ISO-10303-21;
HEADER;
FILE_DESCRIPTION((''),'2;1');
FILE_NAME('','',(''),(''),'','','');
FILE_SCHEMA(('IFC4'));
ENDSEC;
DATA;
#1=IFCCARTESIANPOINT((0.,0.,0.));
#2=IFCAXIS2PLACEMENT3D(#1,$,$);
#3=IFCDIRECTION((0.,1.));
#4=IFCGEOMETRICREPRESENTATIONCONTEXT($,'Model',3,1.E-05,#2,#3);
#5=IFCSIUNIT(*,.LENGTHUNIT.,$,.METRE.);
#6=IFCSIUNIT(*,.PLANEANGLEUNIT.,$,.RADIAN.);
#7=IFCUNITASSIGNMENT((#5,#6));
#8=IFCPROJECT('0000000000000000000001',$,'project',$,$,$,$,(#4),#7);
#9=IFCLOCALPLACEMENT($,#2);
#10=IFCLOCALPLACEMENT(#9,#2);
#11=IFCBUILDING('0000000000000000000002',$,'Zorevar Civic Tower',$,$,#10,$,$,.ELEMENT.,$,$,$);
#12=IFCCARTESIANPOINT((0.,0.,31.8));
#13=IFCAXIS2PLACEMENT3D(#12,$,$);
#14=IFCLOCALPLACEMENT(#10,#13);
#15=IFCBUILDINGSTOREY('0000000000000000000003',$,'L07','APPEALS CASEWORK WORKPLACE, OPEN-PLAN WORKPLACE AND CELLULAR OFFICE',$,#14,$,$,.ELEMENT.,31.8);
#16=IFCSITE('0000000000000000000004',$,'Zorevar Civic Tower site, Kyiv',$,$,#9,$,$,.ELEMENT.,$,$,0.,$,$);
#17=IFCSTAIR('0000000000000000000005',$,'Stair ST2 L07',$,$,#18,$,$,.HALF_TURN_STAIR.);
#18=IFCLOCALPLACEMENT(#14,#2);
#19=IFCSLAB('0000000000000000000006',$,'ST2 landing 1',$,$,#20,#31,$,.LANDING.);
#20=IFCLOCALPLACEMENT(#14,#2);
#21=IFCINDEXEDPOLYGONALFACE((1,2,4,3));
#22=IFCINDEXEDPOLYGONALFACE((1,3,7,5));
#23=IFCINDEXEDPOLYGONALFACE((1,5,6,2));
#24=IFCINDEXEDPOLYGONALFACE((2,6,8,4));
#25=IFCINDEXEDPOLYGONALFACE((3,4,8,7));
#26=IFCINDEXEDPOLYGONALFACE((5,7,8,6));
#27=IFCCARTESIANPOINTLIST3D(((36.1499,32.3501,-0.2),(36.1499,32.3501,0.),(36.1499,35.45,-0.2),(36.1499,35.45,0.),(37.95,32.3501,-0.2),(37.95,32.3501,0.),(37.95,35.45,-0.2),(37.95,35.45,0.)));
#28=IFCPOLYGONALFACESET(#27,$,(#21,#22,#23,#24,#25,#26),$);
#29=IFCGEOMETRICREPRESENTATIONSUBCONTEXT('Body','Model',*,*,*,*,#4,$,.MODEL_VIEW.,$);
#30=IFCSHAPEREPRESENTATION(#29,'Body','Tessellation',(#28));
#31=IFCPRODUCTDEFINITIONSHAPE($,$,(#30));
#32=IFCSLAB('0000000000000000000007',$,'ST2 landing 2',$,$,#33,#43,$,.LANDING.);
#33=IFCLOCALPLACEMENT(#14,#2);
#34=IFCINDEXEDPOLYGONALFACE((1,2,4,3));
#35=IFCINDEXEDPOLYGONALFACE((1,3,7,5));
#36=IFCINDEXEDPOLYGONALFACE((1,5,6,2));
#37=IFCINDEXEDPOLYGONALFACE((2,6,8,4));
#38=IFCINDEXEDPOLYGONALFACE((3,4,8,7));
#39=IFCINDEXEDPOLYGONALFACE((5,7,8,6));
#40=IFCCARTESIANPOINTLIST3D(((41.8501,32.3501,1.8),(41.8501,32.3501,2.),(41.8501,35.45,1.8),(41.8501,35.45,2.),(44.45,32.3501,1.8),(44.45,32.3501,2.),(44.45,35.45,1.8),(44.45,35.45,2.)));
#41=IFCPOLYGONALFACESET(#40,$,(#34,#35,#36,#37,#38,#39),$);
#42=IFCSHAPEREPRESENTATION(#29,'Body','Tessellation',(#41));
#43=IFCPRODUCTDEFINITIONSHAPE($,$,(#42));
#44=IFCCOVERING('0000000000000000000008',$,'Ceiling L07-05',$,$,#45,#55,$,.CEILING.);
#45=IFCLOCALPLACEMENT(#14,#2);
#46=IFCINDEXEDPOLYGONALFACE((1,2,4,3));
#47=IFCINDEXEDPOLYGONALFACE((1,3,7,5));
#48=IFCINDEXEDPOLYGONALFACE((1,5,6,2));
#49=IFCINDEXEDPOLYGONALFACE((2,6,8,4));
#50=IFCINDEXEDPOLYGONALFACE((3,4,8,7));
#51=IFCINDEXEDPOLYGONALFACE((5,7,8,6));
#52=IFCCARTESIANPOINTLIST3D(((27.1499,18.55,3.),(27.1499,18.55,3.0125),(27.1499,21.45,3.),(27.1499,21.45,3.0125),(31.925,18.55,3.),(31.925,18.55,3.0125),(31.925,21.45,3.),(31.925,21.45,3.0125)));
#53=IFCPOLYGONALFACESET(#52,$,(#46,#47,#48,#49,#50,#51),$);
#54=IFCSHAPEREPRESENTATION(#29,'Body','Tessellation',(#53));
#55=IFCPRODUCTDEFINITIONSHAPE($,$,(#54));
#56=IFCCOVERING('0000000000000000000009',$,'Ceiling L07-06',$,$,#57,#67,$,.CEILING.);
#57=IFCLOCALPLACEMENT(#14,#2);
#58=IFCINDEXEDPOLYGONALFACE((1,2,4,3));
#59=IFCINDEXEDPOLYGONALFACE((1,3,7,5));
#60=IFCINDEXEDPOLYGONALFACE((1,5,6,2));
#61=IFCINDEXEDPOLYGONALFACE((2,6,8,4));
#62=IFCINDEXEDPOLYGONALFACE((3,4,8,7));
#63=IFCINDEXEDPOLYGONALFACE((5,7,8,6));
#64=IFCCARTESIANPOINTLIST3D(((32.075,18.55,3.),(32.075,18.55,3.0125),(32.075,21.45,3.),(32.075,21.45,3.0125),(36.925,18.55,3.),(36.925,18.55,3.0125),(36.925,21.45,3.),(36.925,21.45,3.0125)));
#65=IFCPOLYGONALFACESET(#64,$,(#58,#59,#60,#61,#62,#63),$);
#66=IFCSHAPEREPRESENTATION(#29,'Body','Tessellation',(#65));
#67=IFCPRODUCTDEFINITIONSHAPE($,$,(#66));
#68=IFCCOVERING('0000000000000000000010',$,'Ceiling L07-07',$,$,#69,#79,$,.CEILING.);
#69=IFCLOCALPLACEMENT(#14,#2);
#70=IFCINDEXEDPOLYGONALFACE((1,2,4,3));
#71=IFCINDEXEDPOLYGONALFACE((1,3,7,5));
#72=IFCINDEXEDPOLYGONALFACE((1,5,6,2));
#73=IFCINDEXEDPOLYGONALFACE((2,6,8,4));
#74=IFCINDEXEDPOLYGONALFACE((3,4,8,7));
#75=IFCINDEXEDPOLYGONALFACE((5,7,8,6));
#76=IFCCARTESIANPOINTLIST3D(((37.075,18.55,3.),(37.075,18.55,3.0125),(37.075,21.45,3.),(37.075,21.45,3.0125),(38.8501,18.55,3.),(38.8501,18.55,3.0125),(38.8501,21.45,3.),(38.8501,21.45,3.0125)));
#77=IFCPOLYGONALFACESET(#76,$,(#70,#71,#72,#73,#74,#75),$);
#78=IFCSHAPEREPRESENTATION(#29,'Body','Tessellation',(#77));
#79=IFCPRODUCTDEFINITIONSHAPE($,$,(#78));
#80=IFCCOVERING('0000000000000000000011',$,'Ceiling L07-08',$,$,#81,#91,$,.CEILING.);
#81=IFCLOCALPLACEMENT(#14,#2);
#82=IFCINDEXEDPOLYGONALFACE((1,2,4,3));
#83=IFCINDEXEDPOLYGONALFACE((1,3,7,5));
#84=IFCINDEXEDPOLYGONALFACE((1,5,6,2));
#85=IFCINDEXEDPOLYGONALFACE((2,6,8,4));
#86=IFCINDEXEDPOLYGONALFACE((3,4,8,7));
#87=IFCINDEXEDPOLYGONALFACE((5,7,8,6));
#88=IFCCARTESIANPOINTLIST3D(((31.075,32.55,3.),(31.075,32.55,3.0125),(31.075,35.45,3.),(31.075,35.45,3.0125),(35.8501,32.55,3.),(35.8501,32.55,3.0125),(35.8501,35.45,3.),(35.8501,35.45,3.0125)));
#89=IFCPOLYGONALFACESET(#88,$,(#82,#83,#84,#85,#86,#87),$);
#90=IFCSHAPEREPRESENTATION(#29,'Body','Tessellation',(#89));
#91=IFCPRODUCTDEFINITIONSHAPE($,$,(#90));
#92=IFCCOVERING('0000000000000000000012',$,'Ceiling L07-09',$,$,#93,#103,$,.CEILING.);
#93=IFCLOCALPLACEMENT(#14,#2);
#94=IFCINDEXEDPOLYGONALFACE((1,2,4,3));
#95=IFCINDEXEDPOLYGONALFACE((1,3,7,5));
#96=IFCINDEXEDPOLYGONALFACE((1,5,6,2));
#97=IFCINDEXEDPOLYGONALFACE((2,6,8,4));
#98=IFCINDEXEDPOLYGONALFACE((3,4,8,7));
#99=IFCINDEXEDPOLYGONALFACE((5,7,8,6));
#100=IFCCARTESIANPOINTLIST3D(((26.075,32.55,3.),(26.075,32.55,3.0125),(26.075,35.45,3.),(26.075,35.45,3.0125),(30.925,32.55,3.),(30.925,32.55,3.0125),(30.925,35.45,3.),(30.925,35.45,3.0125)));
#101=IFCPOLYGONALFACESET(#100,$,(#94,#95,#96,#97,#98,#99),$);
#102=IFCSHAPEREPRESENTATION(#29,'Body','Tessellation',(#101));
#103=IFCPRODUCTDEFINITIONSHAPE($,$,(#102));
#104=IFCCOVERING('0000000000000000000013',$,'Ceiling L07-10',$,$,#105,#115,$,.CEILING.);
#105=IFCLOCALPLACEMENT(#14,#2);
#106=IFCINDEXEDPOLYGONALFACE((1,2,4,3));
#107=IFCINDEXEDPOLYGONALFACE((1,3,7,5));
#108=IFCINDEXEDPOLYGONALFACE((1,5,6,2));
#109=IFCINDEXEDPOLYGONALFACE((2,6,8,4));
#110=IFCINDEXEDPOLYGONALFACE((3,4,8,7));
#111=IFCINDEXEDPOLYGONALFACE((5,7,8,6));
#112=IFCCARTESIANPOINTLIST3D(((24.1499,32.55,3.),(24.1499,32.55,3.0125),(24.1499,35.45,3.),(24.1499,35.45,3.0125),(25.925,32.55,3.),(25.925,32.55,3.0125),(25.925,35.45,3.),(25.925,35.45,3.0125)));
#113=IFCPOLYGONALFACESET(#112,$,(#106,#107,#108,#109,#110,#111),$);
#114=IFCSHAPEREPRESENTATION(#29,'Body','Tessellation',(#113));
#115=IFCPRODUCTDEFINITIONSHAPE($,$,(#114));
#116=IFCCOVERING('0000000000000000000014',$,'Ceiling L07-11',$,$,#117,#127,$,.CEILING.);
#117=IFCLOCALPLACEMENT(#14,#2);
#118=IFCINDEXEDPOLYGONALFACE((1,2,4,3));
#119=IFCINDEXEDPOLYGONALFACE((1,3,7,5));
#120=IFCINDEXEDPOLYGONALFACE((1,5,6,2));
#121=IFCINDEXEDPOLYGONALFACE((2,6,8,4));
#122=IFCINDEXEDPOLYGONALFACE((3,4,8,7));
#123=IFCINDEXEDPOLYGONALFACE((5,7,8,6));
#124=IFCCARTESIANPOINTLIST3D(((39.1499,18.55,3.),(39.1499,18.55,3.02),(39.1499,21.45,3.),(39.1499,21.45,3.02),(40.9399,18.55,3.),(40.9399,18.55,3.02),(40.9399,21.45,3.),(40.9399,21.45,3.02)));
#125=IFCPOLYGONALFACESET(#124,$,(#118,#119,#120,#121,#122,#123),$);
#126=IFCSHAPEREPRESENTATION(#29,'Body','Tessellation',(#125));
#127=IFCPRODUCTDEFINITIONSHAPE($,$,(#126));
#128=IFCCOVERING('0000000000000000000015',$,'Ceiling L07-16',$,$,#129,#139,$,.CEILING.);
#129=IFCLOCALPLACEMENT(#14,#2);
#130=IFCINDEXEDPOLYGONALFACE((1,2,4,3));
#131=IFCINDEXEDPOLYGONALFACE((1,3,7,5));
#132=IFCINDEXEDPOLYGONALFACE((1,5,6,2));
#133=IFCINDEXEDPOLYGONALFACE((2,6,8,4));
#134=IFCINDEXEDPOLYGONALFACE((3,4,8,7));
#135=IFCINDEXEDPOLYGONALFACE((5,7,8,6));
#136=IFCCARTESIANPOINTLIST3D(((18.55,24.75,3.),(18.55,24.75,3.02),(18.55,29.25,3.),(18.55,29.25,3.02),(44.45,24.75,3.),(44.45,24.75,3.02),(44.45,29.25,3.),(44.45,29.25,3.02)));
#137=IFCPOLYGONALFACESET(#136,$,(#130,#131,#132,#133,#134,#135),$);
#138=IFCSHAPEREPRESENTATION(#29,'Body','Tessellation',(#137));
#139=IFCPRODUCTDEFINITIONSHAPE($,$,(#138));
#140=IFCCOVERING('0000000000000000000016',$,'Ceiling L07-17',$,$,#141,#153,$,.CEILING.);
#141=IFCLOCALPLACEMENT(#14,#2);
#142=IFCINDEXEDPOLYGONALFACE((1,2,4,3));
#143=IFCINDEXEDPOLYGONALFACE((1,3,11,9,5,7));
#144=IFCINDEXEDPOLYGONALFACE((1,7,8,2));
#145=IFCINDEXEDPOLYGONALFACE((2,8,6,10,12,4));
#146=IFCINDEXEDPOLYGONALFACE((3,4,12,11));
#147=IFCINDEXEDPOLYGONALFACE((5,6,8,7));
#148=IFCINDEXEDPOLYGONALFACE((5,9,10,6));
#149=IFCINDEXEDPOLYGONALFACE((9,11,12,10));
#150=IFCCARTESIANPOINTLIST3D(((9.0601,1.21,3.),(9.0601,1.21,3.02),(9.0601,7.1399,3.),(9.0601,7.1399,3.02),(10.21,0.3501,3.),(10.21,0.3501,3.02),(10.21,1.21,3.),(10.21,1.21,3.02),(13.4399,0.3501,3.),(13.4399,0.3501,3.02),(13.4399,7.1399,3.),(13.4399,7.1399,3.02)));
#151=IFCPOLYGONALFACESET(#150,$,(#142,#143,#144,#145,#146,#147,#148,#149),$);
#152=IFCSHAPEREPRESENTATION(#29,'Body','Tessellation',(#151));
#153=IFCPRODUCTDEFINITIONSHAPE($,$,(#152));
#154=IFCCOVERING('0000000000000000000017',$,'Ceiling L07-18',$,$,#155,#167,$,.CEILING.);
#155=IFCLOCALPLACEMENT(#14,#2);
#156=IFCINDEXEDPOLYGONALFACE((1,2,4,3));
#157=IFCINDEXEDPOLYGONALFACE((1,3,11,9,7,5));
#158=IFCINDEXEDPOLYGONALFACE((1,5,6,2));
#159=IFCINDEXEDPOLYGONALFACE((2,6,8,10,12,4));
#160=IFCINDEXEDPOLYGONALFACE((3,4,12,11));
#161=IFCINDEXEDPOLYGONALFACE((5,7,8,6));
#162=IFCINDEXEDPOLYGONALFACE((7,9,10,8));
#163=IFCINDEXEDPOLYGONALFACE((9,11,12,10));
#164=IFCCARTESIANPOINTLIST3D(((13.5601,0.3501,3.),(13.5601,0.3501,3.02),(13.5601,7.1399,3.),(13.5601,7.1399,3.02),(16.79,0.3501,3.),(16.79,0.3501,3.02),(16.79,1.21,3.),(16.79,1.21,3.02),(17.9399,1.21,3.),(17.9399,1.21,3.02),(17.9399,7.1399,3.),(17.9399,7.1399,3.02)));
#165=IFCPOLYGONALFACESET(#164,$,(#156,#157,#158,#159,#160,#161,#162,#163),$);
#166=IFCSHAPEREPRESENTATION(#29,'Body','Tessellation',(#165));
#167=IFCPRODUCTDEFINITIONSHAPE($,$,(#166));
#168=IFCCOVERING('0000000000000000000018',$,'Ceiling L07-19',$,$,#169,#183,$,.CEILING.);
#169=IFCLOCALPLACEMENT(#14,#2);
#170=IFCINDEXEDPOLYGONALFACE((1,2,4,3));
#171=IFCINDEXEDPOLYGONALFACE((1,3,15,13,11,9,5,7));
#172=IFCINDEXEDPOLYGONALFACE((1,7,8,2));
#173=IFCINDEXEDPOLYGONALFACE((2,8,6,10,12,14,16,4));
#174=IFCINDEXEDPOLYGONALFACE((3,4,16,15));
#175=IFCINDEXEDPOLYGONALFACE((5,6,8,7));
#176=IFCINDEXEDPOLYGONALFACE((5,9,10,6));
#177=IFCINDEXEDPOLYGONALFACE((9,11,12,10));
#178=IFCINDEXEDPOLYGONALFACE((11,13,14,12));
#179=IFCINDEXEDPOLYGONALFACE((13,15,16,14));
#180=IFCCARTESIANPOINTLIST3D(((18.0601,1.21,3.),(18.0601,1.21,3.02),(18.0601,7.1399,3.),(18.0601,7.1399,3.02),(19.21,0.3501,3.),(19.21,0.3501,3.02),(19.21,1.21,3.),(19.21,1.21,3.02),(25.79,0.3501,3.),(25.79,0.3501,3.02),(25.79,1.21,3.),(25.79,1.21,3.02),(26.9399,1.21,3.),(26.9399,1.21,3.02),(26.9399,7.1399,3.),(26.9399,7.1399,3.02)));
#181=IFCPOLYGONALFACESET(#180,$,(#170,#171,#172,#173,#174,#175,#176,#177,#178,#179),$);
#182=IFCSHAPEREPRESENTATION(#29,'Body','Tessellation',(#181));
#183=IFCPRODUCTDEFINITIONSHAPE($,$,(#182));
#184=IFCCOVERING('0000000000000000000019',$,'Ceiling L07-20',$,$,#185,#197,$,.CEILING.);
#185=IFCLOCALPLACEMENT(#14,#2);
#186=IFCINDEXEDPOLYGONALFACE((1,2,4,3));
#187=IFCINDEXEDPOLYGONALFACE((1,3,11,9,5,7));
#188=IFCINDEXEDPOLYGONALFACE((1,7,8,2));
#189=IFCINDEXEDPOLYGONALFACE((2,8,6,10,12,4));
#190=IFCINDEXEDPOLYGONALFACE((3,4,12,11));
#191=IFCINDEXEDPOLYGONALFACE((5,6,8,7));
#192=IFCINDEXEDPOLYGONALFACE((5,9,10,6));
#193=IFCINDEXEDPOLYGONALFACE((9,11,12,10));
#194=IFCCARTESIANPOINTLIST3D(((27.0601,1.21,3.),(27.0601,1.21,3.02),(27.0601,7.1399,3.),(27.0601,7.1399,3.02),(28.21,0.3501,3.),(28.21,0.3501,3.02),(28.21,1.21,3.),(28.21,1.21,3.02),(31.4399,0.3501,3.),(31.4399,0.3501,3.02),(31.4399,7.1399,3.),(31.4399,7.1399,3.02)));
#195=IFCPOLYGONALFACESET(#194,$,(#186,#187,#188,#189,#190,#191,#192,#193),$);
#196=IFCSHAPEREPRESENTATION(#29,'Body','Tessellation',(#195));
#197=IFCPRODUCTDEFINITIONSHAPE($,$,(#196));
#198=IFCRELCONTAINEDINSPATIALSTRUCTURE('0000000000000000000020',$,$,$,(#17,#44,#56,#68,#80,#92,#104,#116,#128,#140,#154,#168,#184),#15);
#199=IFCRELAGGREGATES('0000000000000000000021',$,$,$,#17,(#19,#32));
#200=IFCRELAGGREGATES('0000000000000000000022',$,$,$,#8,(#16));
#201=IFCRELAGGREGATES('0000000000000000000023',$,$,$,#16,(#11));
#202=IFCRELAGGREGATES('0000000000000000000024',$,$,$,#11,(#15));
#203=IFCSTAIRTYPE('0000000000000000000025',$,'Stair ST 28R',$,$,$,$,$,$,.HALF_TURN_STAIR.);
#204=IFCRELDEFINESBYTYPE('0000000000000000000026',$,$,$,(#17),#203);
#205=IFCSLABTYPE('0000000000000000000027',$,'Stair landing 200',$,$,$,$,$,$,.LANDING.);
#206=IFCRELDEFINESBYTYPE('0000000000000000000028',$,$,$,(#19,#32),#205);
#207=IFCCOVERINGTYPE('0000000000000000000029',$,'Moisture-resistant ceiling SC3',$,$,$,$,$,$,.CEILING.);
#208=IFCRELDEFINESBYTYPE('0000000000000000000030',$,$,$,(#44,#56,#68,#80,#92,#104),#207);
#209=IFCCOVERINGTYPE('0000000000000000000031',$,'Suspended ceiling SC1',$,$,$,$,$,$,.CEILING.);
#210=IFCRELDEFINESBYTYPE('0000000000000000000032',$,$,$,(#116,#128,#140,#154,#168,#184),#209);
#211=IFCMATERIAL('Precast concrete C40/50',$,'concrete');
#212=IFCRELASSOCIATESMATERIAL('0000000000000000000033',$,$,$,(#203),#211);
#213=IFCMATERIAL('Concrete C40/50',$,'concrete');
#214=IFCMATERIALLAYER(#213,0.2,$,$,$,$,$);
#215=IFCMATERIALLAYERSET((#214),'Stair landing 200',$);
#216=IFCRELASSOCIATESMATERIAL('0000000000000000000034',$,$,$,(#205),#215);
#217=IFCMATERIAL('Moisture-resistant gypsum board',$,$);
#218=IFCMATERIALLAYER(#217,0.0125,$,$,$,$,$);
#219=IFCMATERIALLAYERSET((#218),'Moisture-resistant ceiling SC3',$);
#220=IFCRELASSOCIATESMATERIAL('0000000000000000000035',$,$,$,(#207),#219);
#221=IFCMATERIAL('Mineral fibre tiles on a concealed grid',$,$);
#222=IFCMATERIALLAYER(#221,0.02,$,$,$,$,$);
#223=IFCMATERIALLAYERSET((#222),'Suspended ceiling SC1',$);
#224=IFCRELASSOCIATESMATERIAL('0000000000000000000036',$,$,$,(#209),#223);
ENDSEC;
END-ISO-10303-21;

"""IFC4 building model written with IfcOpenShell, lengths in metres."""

from ifc_helpers import new_model, si_unit, direction, frame, origin, place, context, subcontext, project, spatial, polyline, outline, extrude, material, layer, layer_set, type_object, element, aggregate, save


model = new_model("IFC4")

# Units and contexts
model_context = context("Model", 3, precision=1e-05, world=origin(), true_north=direction((0.0, 1.0)))
body_context = subcontext(model_context, "Body", "Model", "MODEL_VIEW")
ifc_project = project(units=[si_unit("LENGTHUNIT", "METRE"), si_unit("PLANEANGLEUNIT", "RADIAN")], contexts=[model_context])

# Site, building, storey
site_placement = place(None, origin())
site = spatial("IfcSite", under=ifc_project, at=site_placement, Name="Zorevar Civic Tower site, Kyiv", CompositionType="ELEMENT", RefElevation=0.0)
building_placement = place(site_placement, origin())
building = spatial("IfcBuilding", under=site, at=building_placement, Name="Zorevar Civic Tower", CompositionType="ELEMENT")
storey_placement = place(building_placement, frame((0.0, 0.0, 31.8)))
storey = spatial("IfcBuildingStorey", under=building, at=storey_placement, Name="L07", Description="APPEALS CASEWORK WORKPLACE, OPEN-PLAN WORKPLACE AND CELLULAR OFFICE", CompositionType="ELEMENT", Elevation=31.8)

# Stair, slabs
ifc_material_1 = material(Name="Precast concrete C40/50", Category="concrete")
stair_type = type_object("IfcStairType", Name="Stair ST 28R", PredefinedType="HALF_TURN_STAIR", material=ifc_material_1)
ifc_material_2 = material(Name="Concrete C40/50", Category="concrete")
ifc_layer_1 = layer(ifc_material_2, 0.2)
ifc_layer_set_1 = layer_set([ifc_layer_1], Name="Stair landing 200")
slab_type_1 = type_object("IfcSlabType", Name="Stair landing 200", PredefinedType="LANDING", material=ifc_layer_set_1)
stair_1_placement = place(storey_placement, origin())
stair_1 = element("IfcStair", 1, at=stair_1_placement, inside=storey, type_object=stair_type, Name="Stair ST2 L07", PredefinedType="HALF_TURN_STAIR")
slab_1_placement = place(storey_placement, frame((0.0, 0.0, -0.2)))
slab_1 = element("IfcSlab", 2, at=slab_1_placement, type_object=slab_type_1, Name="ST2 landing 1", PredefinedType="LANDING", context=body_context, shape_type="SweptSolid", body=[
    extrude(outline(polyline([(37.95, 32.3501), (36.1499, 32.3501), (36.1499, 35.45), (37.95, 35.45), (37.95, 32.3501)])), origin(), (0.0, 0.0, 1.0), 0.2),
])
slab_2_placement = place(storey_placement, frame((0.0, 0.0, 1.8)))
slab_2 = element("IfcSlab", 3, at=slab_2_placement, type_object=slab_type_1, Name="ST2 landing 2", PredefinedType="LANDING", context=body_context, shape_type="SweptSolid", body=[
    extrude(outline(polyline([(44.45, 32.3501), (41.8501, 32.3501), (41.8501, 35.45), (44.45, 35.45), (44.45, 32.3501)])), origin(), (0.0, 0.0, 1.0), 0.2),
])
aggregate(stair_1, [slab_1, slab_2])

# Coverings
ifc_material_3 = material(Name="Moisture-resistant gypsum board")
ifc_layer_2 = layer(ifc_material_3, 0.0125)
ifc_layer_set_2 = layer_set([ifc_layer_2], Name="Moisture-resistant ceiling SC3")
covering_type_1 = type_object("IfcCoveringType", Name="Moisture-resistant ceiling SC3", PredefinedType="CEILING", material=ifc_layer_set_2)
covering_1_placement = place(storey_placement, frame((0.0, 0.0, 3.0)))
element("IfcCovering", 4, at=covering_1_placement, inside=storey, type_object=covering_type_1, Name="Ceiling L07-05", PredefinedType="CEILING", context=body_context, shape_type="SweptSolid", body=[
    extrude(outline(polyline([(31.925, 18.55), (31.925, 21.45), (27.1499, 21.45), (27.1499, 18.55), (31.925, 18.55)])), origin(), (0.0, 0.0, 1.0), 0.0125),
])
covering_2_placement = place(storey_placement, frame((0.0, 0.0, 3.0)))
element("IfcCovering", 5, at=covering_2_placement, inside=storey, type_object=covering_type_1, Name="Ceiling L07-06", PredefinedType="CEILING", context=body_context, shape_type="SweptSolid", body=[
    extrude(outline(polyline([(36.925, 18.55), (36.925, 21.45), (32.075, 21.45), (32.075, 18.55), (36.925, 18.55)])), origin(), (0.0, 0.0, 1.0), 0.0125),
])
covering_3_placement = place(storey_placement, frame((0.0, 0.0, 3.0)))
element("IfcCovering", 6, at=covering_3_placement, inside=storey, type_object=covering_type_1, Name="Ceiling L07-07", PredefinedType="CEILING", context=body_context, shape_type="SweptSolid", body=[
    extrude(outline(polyline([(38.8501, 18.55), (38.8501, 21.45), (37.075, 21.45), (37.075, 18.55), (38.8501, 18.55)])), origin(), (0.0, 0.0, 1.0), 0.0125),
])
covering_4_placement = place(storey_placement, frame((0.0, 0.0, 3.0)))
element("IfcCovering", 7, at=covering_4_placement, inside=storey, type_object=covering_type_1, Name="Ceiling L07-08", PredefinedType="CEILING", context=body_context, shape_type="SweptSolid", body=[
    extrude(outline(polyline([(35.8501, 32.55), (35.8501, 35.45), (31.075, 35.45), (31.075, 32.55), (35.8501, 32.55)])), origin(), (0.0, 0.0, 1.0), 0.0125),
])
covering_5_placement = place(storey_placement, frame((0.0, 0.0, 3.0)))
element("IfcCovering", 8, at=covering_5_placement, inside=storey, type_object=covering_type_1, Name="Ceiling L07-09", PredefinedType="CEILING", context=body_context, shape_type="SweptSolid", body=[
    extrude(outline(polyline([(30.925, 32.55), (30.925, 35.45), (26.075, 35.45), (26.075, 32.55), (30.925, 32.55)])), origin(), (0.0, 0.0, 1.0), 0.0125),
])
covering_6_placement = place(storey_placement, frame((0.0, 0.0, 3.0)))
element("IfcCovering", 9, at=covering_6_placement, inside=storey, type_object=covering_type_1, Name="Ceiling L07-10", PredefinedType="CEILING", context=body_context, shape_type="SweptSolid", body=[
    extrude(outline(polyline([(25.925, 32.55), (25.925, 35.45), (24.1499, 35.45), (24.1499, 32.55), (25.925, 32.55)])), origin(), (0.0, 0.0, 1.0), 0.0125),
])
ifc_material_4 = material(Name="Mineral fibre tiles on a concealed grid")
ifc_layer_3 = layer(ifc_material_4, 0.02)
ifc_layer_set_3 = layer_set([ifc_layer_3], Name="Suspended ceiling SC1")
covering_type_2 = type_object("IfcCoveringType", Name="Suspended ceiling SC1", PredefinedType="CEILING", material=ifc_layer_set_3)
covering_7_placement = place(storey_placement, frame((0.0, 0.0, 3.0)))
element("IfcCovering", 10, at=covering_7_placement, inside=storey, type_object=covering_type_2, Name="Ceiling L07-11", PredefinedType="CEILING", context=body_context, shape_type="SweptSolid", body=[
    extrude(outline(polyline([(40.9399, 18.55), (40.9399, 21.45), (39.1499, 21.45), (39.1499, 18.55), (40.9399, 18.55)])), origin(), (0.0, 0.0, 1.0), 0.02),
])
covering_8_placement = place(storey_placement, frame((0.0, 0.0, 3.0)))
element("IfcCovering", 11, at=covering_8_placement, inside=storey, type_object=covering_type_2, Name="Ceiling L07-16", PredefinedType="CEILING", context=body_context, shape_type="SweptSolid", body=[
    extrude(outline(polyline([(44.45, 24.75), (44.45, 29.25), (18.55, 29.25), (18.55, 24.75), (44.45, 24.75)])), origin(), (0.0, 0.0, 1.0), 0.02),
])
covering_9_placement = place(storey_placement, frame((0.0, 0.0, 3.0)))
element("IfcCovering", 12, at=covering_9_placement, inside=storey, type_object=covering_type_2, Name="Ceiling L07-17", PredefinedType="CEILING", context=body_context, shape_type="SweptSolid", body=[
    extrude(outline(polyline([(13.4399, 7.1399), (13.4399, 0.3501), (10.21, 0.3501), (10.21, 1.21), (9.0601, 1.21), (9.0601, 7.1399), (13.4399, 7.1399)])), origin(), (0.0, 0.0, 1.0), 0.02),
])
covering_10_placement = place(storey_placement, frame((0.0, 0.0, 3.0)))
element("IfcCovering", 13, at=covering_10_placement, inside=storey, type_object=covering_type_2, Name="Ceiling L07-18", PredefinedType="CEILING", context=body_context, shape_type="SweptSolid", body=[
    extrude(outline(polyline([(17.9399, 7.1399), (17.9399, 1.21), (16.79, 1.21), (16.79, 0.3501), (13.5601, 0.3501), (13.5601, 7.1399), (17.9399, 7.1399)])), origin(), (0.0, 0.0, 1.0), 0.02),
])
covering_11_placement = place(storey_placement, frame((0.0, 0.0, 3.0)))
element("IfcCovering", 14, at=covering_11_placement, inside=storey, type_object=covering_type_2, Name="Ceiling L07-19", PredefinedType="CEILING", context=body_context, shape_type="SweptSolid", body=[
    extrude(outline(polyline([(19.21, 0.3501), (19.21, 1.21), (18.0601, 1.21), (18.0601, 7.1399), (26.9399, 7.1399), (26.9399, 1.21), (25.79, 1.21), (25.79, 0.3501), (19.21, 0.3501)])), origin(), (0.0, 0.0, 1.0), 0.02),
])
covering_12_placement = place(storey_placement, frame((0.0, 0.0, 3.0)))
element("IfcCovering", 15, at=covering_12_placement, inside=storey, type_object=covering_type_2, Name="Ceiling L07-20", PredefinedType="CEILING", context=body_context, shape_type="SweptSolid", body=[
    extrude(outline(polyline([(31.4399, 7.1399), (31.4399, 0.3501), (28.21, 0.3501), (28.21, 1.21), (27.0601, 1.21), (27.0601, 7.1399), (31.4399, 7.1399)])), origin(), (0.0, 0.0, 1.0), 0.02),
])

save(model, "model.ifc")
